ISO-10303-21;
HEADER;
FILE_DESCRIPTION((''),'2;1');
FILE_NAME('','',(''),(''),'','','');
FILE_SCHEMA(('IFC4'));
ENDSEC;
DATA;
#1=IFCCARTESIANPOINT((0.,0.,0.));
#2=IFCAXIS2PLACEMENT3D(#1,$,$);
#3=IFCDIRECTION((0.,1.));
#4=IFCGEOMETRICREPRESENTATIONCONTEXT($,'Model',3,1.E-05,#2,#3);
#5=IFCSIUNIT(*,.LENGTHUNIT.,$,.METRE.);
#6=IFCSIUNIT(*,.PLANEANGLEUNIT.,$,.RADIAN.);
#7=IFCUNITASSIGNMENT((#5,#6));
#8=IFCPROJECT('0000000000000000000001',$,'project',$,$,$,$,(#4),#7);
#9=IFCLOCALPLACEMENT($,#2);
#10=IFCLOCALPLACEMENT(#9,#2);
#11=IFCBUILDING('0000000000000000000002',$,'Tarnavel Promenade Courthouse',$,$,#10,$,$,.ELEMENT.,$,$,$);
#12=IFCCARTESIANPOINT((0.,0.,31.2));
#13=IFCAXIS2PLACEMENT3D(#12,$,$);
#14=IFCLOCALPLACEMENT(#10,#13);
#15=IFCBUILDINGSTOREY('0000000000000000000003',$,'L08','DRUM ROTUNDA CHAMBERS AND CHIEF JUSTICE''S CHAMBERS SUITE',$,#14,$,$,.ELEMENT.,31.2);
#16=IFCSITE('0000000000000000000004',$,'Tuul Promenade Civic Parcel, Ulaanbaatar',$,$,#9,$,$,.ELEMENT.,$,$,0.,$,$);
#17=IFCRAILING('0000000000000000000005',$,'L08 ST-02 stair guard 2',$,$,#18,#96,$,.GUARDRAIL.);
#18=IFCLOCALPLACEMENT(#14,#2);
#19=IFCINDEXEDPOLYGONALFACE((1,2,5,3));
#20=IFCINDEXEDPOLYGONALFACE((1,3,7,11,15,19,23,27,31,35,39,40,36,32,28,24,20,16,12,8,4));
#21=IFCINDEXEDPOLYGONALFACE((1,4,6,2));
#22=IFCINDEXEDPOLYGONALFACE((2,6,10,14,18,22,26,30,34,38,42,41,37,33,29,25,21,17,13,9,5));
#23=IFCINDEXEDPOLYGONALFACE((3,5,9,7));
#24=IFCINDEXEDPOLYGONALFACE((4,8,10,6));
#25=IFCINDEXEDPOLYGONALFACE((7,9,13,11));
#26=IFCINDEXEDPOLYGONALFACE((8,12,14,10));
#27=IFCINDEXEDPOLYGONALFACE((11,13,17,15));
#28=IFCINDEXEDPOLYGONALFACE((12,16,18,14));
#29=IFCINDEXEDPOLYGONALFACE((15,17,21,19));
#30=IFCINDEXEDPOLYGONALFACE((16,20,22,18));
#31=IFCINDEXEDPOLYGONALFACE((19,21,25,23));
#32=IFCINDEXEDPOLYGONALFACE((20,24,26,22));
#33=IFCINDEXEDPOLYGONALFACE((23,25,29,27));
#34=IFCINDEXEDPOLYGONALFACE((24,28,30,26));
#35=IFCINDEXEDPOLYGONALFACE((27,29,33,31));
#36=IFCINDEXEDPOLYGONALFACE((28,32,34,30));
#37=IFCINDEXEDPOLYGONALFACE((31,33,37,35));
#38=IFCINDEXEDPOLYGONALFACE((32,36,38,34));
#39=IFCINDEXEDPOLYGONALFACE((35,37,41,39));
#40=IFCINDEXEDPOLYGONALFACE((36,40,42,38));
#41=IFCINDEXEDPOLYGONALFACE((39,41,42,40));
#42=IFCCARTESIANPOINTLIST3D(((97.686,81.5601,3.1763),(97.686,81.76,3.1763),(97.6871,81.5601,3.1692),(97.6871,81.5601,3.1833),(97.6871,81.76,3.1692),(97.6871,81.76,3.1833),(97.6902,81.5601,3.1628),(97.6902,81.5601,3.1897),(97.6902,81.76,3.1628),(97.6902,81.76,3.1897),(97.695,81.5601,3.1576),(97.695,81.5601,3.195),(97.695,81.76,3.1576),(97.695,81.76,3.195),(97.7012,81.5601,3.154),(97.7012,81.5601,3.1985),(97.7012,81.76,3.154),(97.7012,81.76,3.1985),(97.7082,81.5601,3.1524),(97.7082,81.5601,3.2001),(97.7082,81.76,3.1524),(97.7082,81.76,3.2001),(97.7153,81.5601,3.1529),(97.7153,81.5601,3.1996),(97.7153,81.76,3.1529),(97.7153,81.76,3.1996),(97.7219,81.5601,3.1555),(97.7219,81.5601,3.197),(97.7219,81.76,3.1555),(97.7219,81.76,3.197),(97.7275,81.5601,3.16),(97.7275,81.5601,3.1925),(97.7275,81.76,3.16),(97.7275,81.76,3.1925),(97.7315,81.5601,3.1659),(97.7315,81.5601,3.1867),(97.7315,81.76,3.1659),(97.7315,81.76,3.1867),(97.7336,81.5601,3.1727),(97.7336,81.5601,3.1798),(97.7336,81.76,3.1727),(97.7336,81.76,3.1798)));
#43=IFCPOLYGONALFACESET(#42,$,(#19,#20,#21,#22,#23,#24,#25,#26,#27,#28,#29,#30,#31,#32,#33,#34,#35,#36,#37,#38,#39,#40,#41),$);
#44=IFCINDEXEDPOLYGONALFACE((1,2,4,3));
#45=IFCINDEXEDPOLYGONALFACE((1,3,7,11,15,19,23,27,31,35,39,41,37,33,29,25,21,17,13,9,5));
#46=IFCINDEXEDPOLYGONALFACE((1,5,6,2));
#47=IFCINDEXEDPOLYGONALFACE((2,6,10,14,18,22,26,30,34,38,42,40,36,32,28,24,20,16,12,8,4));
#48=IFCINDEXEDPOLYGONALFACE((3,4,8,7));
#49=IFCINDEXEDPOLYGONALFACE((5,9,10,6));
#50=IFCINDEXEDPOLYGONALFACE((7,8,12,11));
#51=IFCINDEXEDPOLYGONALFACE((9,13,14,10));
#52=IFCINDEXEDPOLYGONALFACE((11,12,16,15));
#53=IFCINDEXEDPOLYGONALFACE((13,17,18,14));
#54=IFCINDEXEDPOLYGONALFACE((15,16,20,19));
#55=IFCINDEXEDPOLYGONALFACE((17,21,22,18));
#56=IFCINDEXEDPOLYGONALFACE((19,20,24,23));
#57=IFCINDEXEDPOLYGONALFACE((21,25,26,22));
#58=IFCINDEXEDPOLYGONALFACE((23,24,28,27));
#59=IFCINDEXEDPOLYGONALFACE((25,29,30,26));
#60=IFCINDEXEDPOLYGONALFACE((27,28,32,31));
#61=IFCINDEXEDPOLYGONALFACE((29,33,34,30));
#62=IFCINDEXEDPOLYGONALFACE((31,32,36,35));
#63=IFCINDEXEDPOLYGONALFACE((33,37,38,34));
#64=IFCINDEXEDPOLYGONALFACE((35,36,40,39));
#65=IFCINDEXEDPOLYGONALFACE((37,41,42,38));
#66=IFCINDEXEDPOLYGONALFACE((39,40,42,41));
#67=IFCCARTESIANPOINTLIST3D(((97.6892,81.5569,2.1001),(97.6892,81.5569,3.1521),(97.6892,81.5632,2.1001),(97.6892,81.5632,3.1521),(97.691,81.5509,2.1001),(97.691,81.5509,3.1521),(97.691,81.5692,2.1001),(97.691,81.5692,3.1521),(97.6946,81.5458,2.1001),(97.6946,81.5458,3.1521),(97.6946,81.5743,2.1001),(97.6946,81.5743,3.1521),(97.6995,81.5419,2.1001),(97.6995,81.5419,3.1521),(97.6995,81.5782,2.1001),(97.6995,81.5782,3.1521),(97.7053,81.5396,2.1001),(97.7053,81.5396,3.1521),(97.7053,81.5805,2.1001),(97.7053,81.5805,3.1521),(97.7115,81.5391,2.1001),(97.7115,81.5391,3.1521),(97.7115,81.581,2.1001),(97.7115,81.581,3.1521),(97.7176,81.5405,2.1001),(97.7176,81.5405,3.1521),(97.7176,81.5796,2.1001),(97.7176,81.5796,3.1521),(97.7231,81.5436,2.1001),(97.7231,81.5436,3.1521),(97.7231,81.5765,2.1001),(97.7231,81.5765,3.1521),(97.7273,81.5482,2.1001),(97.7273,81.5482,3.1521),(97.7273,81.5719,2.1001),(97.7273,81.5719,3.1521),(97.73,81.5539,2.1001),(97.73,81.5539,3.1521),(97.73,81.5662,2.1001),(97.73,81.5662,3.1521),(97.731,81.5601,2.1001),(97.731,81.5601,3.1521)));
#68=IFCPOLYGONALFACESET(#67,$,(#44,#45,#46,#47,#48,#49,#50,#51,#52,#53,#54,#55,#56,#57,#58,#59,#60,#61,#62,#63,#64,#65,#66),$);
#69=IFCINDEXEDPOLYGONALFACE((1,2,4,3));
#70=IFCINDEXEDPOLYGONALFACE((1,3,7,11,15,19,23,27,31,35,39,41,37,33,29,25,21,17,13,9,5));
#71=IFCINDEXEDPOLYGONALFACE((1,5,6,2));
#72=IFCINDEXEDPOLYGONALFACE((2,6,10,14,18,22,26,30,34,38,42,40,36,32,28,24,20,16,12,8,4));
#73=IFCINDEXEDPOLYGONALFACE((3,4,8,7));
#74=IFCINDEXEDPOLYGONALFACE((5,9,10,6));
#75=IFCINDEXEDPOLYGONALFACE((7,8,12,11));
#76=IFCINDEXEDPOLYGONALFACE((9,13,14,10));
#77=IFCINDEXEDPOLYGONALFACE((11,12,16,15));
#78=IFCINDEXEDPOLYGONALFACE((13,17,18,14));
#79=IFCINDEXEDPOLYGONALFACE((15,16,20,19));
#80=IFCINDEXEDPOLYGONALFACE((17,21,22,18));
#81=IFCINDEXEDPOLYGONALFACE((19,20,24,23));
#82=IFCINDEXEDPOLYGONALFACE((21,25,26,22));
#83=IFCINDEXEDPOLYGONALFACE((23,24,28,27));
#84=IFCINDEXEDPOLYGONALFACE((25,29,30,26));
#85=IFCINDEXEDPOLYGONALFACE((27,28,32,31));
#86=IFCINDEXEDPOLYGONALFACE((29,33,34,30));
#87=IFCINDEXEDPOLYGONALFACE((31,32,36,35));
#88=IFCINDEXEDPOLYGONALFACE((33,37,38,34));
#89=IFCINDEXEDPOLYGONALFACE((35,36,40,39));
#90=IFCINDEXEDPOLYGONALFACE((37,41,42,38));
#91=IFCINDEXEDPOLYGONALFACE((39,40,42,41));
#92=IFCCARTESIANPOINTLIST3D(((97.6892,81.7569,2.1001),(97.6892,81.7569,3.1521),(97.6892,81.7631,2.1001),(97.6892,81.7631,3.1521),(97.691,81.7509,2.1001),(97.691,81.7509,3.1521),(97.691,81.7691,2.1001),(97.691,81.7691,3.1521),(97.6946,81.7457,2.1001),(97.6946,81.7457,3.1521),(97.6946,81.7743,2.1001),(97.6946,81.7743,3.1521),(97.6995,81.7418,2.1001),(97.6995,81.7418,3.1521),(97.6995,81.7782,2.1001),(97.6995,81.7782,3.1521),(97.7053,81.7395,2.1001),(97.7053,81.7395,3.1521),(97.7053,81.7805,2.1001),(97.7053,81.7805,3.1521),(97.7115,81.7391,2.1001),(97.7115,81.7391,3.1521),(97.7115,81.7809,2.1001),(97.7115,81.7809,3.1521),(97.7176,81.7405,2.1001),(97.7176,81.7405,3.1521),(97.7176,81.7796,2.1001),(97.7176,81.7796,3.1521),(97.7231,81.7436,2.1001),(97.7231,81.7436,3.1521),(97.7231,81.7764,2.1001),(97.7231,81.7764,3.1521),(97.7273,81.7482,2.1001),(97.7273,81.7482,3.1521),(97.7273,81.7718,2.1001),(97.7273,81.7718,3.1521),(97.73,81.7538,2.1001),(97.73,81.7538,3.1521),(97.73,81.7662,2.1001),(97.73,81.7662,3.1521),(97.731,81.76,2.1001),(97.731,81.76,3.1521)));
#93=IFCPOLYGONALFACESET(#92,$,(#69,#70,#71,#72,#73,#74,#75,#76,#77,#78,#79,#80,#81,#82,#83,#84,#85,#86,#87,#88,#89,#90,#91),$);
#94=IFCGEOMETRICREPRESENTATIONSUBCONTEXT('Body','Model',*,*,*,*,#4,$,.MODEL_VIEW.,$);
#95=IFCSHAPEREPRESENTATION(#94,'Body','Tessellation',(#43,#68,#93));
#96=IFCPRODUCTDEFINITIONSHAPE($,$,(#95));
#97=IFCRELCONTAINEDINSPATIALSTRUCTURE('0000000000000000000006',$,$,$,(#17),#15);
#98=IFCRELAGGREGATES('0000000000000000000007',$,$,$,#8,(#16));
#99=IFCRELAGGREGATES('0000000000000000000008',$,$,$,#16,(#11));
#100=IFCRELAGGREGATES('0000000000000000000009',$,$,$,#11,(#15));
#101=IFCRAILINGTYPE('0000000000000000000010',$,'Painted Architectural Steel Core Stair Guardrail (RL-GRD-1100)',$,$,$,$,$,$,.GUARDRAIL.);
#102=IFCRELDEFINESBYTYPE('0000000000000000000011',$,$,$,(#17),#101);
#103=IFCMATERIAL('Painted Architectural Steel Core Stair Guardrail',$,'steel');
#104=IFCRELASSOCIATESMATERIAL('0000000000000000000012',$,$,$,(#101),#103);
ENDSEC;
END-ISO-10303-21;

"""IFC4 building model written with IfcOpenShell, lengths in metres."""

from ifc_helpers import new_model, si_unit, direction, frame, origin, origin_2d, place, context, subcontext, project, spatial, circle, extrude, material, type_object, element, save


model = new_model("IFC4")

# Units and contexts
model_context = context("Model", 3, precision=1e-05, world=origin(), true_north=direction((0.0, 1.0)))
body_context = subcontext(model_context, "Body", "Model", "MODEL_VIEW")
ifc_project = project(units=[si_unit("LENGTHUNIT", "METRE"), si_unit("PLANEANGLEUNIT", "RADIAN")], contexts=[model_context])

# Site, building, storey
site_placement = place(None, origin())
site = spatial("IfcSite", under=ifc_project, at=site_placement, Name="Tuul Promenade Civic Parcel, Ulaanbaatar", CompositionType="ELEMENT", RefElevation=0.0)
building_placement = place(site_placement, origin())
building = spatial("IfcBuilding", under=site, at=building_placement, Name="Tarnavel Promenade Courthouse", CompositionType="ELEMENT")
storey_placement = place(building_placement, frame((0.0, 0.0, 31.2)))
storey = spatial("IfcBuildingStorey", under=building, at=storey_placement, Name="L08", Description="DRUM ROTUNDA CHAMBERS AND CHIEF JUSTICE'S CHAMBERS SUITE", CompositionType="ELEMENT", Elevation=31.2)

# Railing
ifc_material_1 = material(Name="Painted Architectural Steel Core Stair Guardrail", Category="steel")
railing_type_1 = type_object("IfcRailingType", Name="Painted Architectural Steel Core Stair Guardrail (RL-GRD-1100)", PredefinedType="GUARDRAIL", material=ifc_material_1)
railing_1_placement = place(storey_placement, frame((97.71, 81.5601, 2.1001)))
element("IfcRailing", 1, at=railing_1_placement, inside=storey, type_object=railing_type_1, Name="L08 ST-02 stair guard 2", PredefinedType="GUARDRAIL", context=body_context, shape_type="SweptSolid", body=[
    extrude(circle(Radius=0.0239, at=origin_2d()), frame((0.0, 0.0, 1.0762), z_axis=(0.0, 1.0, 0.0), x_axis=(-1.0, 0.0, 0.0)), (0.0, 0.0, 1.0), 0.2),
    extrude(circle(Radius=0.021, at=origin_2d()), origin(), (0.0, 0.0, 1.0), 1.052),
    extrude(circle(Radius=0.021, at=origin_2d()), frame((0.0, 0.2, 0.0)), (0.0, 0.0, 1.0), 1.052),
])

save(model, "model.ifc")
